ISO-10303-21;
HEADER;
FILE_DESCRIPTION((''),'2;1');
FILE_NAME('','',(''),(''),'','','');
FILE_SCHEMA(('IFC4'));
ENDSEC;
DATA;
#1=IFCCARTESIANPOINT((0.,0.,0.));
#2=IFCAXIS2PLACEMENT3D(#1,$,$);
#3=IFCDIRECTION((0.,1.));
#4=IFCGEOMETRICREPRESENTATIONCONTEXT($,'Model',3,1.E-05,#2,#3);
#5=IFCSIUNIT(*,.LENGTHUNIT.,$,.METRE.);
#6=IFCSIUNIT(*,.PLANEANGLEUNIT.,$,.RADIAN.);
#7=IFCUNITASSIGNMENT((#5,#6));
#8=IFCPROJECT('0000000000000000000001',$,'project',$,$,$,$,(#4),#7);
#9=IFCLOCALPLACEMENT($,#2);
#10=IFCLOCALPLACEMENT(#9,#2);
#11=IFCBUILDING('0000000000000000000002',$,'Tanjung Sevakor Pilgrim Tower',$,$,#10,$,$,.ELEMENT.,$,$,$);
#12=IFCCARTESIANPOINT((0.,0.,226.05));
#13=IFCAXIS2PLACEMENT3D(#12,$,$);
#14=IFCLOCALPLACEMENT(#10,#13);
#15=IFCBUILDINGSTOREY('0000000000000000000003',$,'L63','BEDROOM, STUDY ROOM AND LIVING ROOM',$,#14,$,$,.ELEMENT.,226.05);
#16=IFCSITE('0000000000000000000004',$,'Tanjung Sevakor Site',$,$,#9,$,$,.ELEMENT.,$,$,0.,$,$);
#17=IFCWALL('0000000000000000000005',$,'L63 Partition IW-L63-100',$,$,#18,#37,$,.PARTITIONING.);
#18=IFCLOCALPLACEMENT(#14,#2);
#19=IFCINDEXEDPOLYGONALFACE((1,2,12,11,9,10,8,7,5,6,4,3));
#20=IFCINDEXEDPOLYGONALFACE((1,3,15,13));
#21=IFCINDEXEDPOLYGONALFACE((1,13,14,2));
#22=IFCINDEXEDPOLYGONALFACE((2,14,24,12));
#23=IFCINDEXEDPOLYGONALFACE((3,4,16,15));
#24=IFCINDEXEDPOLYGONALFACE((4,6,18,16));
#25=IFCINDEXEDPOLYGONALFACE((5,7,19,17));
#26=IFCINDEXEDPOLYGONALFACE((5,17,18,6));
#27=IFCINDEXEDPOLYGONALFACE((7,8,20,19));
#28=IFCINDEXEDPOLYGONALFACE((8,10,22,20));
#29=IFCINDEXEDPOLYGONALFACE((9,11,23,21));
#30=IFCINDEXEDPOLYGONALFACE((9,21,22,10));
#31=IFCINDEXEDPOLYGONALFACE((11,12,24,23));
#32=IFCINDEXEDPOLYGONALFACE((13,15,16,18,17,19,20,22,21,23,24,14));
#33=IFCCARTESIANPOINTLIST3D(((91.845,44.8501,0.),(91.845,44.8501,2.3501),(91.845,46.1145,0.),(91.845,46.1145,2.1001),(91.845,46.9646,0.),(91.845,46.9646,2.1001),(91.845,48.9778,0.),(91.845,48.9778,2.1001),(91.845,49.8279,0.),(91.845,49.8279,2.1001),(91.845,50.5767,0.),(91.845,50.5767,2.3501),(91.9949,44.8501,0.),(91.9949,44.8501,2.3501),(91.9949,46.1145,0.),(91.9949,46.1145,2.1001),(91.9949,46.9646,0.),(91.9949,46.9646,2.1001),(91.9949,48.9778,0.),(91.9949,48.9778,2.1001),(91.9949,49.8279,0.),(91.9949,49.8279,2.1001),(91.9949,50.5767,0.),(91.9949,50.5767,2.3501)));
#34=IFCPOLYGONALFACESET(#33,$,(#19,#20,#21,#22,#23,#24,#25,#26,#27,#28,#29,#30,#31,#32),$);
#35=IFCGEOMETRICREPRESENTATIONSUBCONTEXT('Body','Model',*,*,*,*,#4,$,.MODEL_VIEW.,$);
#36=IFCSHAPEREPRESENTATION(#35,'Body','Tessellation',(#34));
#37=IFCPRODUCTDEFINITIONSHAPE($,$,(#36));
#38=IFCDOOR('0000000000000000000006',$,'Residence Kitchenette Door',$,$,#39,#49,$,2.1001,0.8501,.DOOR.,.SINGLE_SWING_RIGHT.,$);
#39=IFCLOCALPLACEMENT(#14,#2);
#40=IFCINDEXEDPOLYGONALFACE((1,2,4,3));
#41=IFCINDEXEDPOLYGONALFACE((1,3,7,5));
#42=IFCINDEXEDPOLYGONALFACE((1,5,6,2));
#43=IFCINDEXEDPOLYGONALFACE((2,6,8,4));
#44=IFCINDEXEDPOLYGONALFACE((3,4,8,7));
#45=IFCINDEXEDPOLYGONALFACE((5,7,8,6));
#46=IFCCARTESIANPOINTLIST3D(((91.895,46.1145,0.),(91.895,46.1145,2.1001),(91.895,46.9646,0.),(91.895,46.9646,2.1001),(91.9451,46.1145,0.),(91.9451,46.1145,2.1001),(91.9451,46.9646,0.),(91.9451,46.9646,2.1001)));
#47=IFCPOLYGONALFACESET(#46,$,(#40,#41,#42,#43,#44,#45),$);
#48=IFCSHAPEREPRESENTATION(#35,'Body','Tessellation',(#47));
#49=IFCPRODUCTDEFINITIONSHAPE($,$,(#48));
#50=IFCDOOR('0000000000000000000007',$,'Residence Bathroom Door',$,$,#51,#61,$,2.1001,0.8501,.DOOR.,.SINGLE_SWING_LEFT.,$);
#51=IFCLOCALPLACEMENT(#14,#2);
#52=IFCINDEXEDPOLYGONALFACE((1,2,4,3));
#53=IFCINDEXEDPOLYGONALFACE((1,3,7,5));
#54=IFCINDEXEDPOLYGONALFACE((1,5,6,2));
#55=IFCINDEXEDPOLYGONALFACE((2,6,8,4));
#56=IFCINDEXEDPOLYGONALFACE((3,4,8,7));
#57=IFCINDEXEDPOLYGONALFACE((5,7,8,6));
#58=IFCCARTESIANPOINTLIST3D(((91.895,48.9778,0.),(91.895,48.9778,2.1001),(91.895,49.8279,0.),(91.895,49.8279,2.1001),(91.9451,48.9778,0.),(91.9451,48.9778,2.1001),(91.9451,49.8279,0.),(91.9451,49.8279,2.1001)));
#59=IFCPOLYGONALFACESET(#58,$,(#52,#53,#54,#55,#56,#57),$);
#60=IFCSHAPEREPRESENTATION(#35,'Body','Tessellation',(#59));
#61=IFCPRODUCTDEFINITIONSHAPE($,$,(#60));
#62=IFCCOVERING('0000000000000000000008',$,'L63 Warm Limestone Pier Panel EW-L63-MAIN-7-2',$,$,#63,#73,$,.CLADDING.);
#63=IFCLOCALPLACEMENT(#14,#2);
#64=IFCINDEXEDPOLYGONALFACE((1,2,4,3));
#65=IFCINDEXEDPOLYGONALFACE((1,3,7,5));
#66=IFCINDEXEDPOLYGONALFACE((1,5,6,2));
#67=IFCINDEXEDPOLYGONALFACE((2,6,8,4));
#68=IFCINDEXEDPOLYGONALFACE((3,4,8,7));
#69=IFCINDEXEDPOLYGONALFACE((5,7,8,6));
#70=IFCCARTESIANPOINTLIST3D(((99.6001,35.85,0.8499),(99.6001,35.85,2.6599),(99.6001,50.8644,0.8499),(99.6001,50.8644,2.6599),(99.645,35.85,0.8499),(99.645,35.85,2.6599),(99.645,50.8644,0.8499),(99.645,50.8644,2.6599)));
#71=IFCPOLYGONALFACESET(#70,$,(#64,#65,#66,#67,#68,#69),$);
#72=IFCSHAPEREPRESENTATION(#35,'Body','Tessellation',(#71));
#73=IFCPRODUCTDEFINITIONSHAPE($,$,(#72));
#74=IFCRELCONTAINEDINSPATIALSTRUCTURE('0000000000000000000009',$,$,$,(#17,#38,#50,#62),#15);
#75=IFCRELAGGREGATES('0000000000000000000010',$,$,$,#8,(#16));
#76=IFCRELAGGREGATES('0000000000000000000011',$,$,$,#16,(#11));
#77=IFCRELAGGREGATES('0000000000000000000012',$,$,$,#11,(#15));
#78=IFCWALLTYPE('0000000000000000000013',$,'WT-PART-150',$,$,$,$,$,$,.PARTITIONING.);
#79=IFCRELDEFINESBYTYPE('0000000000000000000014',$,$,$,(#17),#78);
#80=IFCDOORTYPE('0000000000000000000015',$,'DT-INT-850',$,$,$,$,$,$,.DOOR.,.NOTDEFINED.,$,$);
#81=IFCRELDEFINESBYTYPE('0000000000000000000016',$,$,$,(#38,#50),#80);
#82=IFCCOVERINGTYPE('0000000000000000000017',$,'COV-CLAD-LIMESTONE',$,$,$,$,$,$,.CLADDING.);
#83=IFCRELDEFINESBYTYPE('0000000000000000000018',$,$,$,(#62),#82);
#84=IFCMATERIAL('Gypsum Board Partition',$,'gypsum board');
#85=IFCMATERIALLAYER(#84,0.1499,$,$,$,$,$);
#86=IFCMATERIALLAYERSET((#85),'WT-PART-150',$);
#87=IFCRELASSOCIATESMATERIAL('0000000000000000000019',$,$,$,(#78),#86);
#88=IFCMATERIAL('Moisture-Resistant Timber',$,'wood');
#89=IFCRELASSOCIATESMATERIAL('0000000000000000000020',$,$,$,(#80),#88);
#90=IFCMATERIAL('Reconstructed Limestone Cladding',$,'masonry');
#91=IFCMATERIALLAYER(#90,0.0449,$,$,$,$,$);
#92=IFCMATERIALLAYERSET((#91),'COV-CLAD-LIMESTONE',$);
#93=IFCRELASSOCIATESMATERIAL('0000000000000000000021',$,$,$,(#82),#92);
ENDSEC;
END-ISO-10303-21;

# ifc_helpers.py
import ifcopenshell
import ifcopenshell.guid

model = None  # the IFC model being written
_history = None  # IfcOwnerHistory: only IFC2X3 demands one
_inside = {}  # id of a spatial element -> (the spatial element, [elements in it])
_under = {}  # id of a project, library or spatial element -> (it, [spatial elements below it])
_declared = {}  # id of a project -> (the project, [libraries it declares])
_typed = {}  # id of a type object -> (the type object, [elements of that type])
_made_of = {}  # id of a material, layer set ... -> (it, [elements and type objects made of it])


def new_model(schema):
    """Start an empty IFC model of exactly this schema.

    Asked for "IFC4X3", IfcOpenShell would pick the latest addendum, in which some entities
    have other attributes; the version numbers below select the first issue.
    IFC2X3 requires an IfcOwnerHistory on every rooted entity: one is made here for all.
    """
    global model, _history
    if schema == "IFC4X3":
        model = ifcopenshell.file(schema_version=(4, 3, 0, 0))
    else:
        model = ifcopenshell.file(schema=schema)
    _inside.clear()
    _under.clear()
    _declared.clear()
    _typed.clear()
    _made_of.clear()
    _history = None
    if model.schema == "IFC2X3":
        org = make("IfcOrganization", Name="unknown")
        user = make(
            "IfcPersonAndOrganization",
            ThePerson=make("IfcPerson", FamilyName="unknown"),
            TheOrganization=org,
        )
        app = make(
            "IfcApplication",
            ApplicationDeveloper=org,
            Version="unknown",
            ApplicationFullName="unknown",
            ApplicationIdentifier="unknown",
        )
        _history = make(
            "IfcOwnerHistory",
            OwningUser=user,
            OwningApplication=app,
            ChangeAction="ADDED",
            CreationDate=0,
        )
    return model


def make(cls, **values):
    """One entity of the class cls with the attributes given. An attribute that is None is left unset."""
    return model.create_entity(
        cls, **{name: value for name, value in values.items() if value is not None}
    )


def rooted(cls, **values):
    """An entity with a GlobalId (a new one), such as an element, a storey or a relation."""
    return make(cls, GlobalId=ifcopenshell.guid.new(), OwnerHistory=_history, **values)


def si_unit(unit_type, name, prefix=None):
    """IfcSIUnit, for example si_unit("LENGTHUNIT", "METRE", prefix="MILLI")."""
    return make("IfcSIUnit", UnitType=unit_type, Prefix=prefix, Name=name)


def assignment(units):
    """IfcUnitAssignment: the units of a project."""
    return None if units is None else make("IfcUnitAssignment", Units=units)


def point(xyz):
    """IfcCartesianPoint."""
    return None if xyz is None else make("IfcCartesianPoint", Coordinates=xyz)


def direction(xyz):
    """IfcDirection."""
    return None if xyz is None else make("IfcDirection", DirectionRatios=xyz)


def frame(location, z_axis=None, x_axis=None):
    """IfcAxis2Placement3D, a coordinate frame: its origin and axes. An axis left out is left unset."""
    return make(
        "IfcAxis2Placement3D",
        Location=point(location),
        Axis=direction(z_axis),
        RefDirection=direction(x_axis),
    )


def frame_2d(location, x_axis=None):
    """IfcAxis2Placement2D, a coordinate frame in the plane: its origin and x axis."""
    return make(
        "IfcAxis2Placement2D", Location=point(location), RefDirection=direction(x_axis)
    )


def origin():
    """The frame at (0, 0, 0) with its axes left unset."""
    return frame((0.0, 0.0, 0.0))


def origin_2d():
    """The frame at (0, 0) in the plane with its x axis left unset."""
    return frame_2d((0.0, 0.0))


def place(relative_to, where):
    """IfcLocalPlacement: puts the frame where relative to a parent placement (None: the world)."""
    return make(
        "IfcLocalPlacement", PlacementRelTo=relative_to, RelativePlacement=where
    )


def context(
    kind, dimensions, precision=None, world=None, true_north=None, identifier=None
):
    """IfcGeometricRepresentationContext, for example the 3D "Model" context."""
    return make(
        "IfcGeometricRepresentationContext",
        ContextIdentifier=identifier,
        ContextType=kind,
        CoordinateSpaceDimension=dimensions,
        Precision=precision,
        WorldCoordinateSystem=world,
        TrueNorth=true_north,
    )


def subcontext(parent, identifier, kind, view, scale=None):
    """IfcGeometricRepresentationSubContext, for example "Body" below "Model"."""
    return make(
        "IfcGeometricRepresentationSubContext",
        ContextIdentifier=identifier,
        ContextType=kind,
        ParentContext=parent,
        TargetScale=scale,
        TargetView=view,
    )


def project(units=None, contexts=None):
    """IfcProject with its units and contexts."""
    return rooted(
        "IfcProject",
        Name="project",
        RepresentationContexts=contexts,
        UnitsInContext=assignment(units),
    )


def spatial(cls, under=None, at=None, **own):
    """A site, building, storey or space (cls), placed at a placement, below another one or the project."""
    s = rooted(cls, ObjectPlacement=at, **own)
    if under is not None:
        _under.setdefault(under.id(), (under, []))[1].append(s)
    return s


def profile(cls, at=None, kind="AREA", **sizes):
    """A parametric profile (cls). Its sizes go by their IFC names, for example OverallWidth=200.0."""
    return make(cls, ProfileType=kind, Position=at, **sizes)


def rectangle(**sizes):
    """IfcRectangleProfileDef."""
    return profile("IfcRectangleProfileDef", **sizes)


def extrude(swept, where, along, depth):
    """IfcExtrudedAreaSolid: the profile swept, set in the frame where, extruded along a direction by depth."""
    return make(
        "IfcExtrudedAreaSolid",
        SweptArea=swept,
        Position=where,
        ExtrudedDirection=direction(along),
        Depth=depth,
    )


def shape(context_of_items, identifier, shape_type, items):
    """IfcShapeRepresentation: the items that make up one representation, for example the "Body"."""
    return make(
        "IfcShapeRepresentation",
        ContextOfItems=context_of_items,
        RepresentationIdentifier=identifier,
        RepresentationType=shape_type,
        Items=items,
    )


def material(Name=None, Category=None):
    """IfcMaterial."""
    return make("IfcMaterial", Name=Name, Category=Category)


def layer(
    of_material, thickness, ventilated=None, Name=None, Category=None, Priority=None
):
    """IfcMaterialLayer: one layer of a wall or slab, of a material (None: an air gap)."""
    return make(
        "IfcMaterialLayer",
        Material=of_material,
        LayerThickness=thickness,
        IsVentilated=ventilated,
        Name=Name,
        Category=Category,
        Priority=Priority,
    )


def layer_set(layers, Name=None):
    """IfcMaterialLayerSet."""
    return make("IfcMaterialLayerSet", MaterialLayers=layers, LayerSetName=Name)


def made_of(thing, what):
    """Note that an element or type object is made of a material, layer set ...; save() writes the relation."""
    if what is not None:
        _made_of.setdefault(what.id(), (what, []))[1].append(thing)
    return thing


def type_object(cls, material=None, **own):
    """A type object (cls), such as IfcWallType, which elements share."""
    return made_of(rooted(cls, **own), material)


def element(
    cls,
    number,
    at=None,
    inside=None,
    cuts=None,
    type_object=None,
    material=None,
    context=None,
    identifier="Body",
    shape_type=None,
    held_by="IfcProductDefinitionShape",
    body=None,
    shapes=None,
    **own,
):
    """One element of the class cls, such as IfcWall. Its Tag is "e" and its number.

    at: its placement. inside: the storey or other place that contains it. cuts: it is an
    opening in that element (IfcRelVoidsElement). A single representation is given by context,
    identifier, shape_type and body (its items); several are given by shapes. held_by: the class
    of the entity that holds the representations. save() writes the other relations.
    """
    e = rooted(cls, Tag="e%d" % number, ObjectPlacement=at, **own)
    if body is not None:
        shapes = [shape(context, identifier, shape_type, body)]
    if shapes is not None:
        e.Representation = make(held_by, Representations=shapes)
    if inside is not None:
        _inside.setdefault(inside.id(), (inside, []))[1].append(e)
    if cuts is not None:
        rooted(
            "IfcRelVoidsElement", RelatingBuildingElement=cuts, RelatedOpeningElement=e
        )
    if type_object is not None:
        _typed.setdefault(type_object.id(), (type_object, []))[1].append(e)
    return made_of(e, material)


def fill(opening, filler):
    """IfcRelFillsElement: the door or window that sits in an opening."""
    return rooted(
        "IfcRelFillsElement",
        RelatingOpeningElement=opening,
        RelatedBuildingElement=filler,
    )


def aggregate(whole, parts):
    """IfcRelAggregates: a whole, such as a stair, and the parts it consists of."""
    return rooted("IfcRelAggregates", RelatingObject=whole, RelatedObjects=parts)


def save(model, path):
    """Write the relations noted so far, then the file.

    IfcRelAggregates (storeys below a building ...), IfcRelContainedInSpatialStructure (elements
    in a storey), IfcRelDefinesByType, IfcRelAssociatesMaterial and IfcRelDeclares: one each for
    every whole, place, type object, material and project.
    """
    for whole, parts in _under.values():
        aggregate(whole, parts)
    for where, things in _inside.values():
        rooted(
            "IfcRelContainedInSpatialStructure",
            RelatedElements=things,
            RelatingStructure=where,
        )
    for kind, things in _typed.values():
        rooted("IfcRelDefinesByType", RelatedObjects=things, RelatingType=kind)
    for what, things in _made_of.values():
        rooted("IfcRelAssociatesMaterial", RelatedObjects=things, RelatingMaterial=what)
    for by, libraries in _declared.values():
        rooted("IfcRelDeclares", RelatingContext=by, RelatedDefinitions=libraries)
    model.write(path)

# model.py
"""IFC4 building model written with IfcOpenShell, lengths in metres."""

from ifc_helpers import new_model, si_unit, direction, frame, frame_2d, origin, origin_2d, place, context, subcontext, project, spatial, rectangle, extrude, material, layer, layer_set, type_object, element, fill, save


model = new_model("IFC4")

# Units and contexts
model_context = context("Model", 3, precision=1e-05, world=origin(), true_north=direction((0.0, 1.0)))
body_context = subcontext(model_context, "Body", "Model", "MODEL_VIEW")
ifc_project = project(units=[si_unit("LENGTHUNIT", "METRE"), si_unit("PLANEANGLEUNIT", "RADIAN")], contexts=[model_context])

# Site, building, storey
site_placement = place(None, origin())
site = spatial("IfcSite", under=ifc_project, at=site_placement, Name="Tanjung Sevakor Site", CompositionType="ELEMENT", RefElevation=0.0)
building_placement = place(site_placement, origin())
building = spatial("IfcBuilding", under=site, at=building_placement, Name="Tanjung Sevakor Pilgrim Tower", CompositionType="ELEMENT")
storey_placement = place(building_placement, frame((0.0, 0.0, 226.05)))
storey = spatial("IfcBuildingStorey", under=building, at=storey_placement, Name="L63", Description="BEDROOM, STUDY ROOM AND LIVING ROOM", CompositionType="ELEMENT", Elevation=226.05)

# Wall, openings, doors
ifc_material_1 = material(Name="Gypsum Board Partition", Category="gypsum board")
ifc_layer_1 = layer(ifc_material_1, 0.1499)
ifc_layer_set_1 = layer_set([ifc_layer_1], Name="WT-PART-150")
wall_type_1 = type_object("IfcWallType", Name="WT-PART-150", PredefinedType="PARTITIONING", material=ifc_layer_set_1)
wall_1_placement = place(storey_placement, frame((91.9199, 44.8501, 0.0), z_axis=(0.0, 0.0, 1.0), x_axis=(0.0, 1.0, 0.0)))
wall_1 = element("IfcWall", 1, at=wall_1_placement, inside=storey, type_object=wall_type_1, Name="L63 Partition IW-L63-100", PredefinedType="PARTITIONING", context=body_context, shape_type="SweptSolid", body=[
    extrude(rectangle(XDim=5.7266, YDim=0.1499, at=frame_2d((2.8633, 0.0))), origin(), (0.0, 0.0, 1.0), 2.3501),
])
opening_1_placement = place(wall_1_placement, frame((1.2644, 0.0, 0.0)))
opening_1 = element("IfcOpeningElement", 2, at=opening_1_placement, cuts=wall_1, PredefinedType="OPENING", context=body_context, shape_type="SweptSolid", body=[
    extrude(rectangle(XDim=0.8501, YDim=2.1001, at=frame_2d((0.425, 1.05))), frame((0.0, 0.085, 0.0), z_axis=(0.0, -1.0, 0.0), x_axis=(1.0, 0.0, 0.0)), (0.0, 0.0, 1.0), 0.1699),
])
opening_2_placement = place(wall_1_placement, frame((4.1277, 0.0, 0.0)))
opening_2 = element("IfcOpeningElement", 3, at=opening_2_placement, cuts=wall_1, PredefinedType="OPENING", context=body_context, shape_type="SweptSolid", body=[
    extrude(rectangle(XDim=0.8501, YDim=2.1001, at=frame_2d((0.425, 1.05))), frame((0.0, 0.085, 0.0), z_axis=(0.0, -1.0, 0.0), x_axis=(1.0, 0.0, 0.0)), (0.0, 0.0, 1.0), 0.1699),
])
ifc_material_2 = material(Name="Moisture-Resistant Timber", Category="wood")
door_type_1 = type_object("IfcDoorType", Name="DT-INT-850", OperationType="NOTDEFINED", PredefinedType="DOOR", material=ifc_material_2)
door_1_placement = place(opening_1_placement, origin())
door_1 = element("IfcDoor", 4, at=door_1_placement, inside=storey, type_object=door_type_1, Name="Residence Kitchenette Door", OperationType="SINGLE_SWING_RIGHT", OverallHeight=2.1001, OverallWidth=0.8501, PredefinedType="DOOR", context=body_context, shape_type="SweptSolid", body=[
    extrude(rectangle(XDim=0.8501, YDim=2.1001, at=frame_2d((0.425, 1.05))), frame((0.0, 0.0249, 0.0), z_axis=(0.0, -1.0, 0.0), x_axis=(1.0, 0.0, 0.0)), (0.0, 0.0, 1.0), 0.05),
])
fill(opening_1, door_1)
door_2_placement = place(opening_2_placement, origin())
door_2 = element("IfcDoor", 5, at=door_2_placement, inside=storey, type_object=door_type_1, Name="Residence Bathroom Door", OperationType="SINGLE_SWING_LEFT", OverallHeight=2.1001, OverallWidth=0.8501, PredefinedType="DOOR", context=body_context, shape_type="SweptSolid", body=[
    extrude(rectangle(XDim=0.8501, YDim=2.1001, at=frame_2d((0.425, 1.05))), frame((0.0, 0.0249, 0.0), z_axis=(0.0, -1.0, 0.0), x_axis=(1.0, 0.0, 0.0)), (0.0, 0.0, 1.0), 0.05),
])
fill(opening_2, door_2)

# Covering
ifc_material_3 = material(Name="Reconstructed Limestone Cladding", Category="masonry")
ifc_layer_2 = layer(ifc_material_3, 0.0449)
ifc_layer_set_2 = layer_set([ifc_layer_2], Name="COV-CLAD-LIMESTONE")
covering_type = type_object("IfcCoveringType", Name="COV-CLAD-LIMESTONE", PredefinedType="CLADDING", material=ifc_layer_set_2)
covering_placement = place(storey_placement, frame((99.6226, 43.3572, 0.8499), z_axis=(0.0, 0.0, 1.0), x_axis=(0.0, 1.0, 0.0)))
element("IfcCovering", 6, at=covering_placement, inside=storey, type_object=covering_type, Name="L63 Warm Limestone Pier Panel EW-L63-MAIN-7-2", PredefinedType="CLADDING", context=body_context, shape_type="SweptSolid", body=[
    extrude(rectangle(XDim=15.0144, YDim=0.0449, at=origin_2d()), origin(), (0.0, 0.0, 1.0), 1.8101),
])

save(model, "model.ifc")
